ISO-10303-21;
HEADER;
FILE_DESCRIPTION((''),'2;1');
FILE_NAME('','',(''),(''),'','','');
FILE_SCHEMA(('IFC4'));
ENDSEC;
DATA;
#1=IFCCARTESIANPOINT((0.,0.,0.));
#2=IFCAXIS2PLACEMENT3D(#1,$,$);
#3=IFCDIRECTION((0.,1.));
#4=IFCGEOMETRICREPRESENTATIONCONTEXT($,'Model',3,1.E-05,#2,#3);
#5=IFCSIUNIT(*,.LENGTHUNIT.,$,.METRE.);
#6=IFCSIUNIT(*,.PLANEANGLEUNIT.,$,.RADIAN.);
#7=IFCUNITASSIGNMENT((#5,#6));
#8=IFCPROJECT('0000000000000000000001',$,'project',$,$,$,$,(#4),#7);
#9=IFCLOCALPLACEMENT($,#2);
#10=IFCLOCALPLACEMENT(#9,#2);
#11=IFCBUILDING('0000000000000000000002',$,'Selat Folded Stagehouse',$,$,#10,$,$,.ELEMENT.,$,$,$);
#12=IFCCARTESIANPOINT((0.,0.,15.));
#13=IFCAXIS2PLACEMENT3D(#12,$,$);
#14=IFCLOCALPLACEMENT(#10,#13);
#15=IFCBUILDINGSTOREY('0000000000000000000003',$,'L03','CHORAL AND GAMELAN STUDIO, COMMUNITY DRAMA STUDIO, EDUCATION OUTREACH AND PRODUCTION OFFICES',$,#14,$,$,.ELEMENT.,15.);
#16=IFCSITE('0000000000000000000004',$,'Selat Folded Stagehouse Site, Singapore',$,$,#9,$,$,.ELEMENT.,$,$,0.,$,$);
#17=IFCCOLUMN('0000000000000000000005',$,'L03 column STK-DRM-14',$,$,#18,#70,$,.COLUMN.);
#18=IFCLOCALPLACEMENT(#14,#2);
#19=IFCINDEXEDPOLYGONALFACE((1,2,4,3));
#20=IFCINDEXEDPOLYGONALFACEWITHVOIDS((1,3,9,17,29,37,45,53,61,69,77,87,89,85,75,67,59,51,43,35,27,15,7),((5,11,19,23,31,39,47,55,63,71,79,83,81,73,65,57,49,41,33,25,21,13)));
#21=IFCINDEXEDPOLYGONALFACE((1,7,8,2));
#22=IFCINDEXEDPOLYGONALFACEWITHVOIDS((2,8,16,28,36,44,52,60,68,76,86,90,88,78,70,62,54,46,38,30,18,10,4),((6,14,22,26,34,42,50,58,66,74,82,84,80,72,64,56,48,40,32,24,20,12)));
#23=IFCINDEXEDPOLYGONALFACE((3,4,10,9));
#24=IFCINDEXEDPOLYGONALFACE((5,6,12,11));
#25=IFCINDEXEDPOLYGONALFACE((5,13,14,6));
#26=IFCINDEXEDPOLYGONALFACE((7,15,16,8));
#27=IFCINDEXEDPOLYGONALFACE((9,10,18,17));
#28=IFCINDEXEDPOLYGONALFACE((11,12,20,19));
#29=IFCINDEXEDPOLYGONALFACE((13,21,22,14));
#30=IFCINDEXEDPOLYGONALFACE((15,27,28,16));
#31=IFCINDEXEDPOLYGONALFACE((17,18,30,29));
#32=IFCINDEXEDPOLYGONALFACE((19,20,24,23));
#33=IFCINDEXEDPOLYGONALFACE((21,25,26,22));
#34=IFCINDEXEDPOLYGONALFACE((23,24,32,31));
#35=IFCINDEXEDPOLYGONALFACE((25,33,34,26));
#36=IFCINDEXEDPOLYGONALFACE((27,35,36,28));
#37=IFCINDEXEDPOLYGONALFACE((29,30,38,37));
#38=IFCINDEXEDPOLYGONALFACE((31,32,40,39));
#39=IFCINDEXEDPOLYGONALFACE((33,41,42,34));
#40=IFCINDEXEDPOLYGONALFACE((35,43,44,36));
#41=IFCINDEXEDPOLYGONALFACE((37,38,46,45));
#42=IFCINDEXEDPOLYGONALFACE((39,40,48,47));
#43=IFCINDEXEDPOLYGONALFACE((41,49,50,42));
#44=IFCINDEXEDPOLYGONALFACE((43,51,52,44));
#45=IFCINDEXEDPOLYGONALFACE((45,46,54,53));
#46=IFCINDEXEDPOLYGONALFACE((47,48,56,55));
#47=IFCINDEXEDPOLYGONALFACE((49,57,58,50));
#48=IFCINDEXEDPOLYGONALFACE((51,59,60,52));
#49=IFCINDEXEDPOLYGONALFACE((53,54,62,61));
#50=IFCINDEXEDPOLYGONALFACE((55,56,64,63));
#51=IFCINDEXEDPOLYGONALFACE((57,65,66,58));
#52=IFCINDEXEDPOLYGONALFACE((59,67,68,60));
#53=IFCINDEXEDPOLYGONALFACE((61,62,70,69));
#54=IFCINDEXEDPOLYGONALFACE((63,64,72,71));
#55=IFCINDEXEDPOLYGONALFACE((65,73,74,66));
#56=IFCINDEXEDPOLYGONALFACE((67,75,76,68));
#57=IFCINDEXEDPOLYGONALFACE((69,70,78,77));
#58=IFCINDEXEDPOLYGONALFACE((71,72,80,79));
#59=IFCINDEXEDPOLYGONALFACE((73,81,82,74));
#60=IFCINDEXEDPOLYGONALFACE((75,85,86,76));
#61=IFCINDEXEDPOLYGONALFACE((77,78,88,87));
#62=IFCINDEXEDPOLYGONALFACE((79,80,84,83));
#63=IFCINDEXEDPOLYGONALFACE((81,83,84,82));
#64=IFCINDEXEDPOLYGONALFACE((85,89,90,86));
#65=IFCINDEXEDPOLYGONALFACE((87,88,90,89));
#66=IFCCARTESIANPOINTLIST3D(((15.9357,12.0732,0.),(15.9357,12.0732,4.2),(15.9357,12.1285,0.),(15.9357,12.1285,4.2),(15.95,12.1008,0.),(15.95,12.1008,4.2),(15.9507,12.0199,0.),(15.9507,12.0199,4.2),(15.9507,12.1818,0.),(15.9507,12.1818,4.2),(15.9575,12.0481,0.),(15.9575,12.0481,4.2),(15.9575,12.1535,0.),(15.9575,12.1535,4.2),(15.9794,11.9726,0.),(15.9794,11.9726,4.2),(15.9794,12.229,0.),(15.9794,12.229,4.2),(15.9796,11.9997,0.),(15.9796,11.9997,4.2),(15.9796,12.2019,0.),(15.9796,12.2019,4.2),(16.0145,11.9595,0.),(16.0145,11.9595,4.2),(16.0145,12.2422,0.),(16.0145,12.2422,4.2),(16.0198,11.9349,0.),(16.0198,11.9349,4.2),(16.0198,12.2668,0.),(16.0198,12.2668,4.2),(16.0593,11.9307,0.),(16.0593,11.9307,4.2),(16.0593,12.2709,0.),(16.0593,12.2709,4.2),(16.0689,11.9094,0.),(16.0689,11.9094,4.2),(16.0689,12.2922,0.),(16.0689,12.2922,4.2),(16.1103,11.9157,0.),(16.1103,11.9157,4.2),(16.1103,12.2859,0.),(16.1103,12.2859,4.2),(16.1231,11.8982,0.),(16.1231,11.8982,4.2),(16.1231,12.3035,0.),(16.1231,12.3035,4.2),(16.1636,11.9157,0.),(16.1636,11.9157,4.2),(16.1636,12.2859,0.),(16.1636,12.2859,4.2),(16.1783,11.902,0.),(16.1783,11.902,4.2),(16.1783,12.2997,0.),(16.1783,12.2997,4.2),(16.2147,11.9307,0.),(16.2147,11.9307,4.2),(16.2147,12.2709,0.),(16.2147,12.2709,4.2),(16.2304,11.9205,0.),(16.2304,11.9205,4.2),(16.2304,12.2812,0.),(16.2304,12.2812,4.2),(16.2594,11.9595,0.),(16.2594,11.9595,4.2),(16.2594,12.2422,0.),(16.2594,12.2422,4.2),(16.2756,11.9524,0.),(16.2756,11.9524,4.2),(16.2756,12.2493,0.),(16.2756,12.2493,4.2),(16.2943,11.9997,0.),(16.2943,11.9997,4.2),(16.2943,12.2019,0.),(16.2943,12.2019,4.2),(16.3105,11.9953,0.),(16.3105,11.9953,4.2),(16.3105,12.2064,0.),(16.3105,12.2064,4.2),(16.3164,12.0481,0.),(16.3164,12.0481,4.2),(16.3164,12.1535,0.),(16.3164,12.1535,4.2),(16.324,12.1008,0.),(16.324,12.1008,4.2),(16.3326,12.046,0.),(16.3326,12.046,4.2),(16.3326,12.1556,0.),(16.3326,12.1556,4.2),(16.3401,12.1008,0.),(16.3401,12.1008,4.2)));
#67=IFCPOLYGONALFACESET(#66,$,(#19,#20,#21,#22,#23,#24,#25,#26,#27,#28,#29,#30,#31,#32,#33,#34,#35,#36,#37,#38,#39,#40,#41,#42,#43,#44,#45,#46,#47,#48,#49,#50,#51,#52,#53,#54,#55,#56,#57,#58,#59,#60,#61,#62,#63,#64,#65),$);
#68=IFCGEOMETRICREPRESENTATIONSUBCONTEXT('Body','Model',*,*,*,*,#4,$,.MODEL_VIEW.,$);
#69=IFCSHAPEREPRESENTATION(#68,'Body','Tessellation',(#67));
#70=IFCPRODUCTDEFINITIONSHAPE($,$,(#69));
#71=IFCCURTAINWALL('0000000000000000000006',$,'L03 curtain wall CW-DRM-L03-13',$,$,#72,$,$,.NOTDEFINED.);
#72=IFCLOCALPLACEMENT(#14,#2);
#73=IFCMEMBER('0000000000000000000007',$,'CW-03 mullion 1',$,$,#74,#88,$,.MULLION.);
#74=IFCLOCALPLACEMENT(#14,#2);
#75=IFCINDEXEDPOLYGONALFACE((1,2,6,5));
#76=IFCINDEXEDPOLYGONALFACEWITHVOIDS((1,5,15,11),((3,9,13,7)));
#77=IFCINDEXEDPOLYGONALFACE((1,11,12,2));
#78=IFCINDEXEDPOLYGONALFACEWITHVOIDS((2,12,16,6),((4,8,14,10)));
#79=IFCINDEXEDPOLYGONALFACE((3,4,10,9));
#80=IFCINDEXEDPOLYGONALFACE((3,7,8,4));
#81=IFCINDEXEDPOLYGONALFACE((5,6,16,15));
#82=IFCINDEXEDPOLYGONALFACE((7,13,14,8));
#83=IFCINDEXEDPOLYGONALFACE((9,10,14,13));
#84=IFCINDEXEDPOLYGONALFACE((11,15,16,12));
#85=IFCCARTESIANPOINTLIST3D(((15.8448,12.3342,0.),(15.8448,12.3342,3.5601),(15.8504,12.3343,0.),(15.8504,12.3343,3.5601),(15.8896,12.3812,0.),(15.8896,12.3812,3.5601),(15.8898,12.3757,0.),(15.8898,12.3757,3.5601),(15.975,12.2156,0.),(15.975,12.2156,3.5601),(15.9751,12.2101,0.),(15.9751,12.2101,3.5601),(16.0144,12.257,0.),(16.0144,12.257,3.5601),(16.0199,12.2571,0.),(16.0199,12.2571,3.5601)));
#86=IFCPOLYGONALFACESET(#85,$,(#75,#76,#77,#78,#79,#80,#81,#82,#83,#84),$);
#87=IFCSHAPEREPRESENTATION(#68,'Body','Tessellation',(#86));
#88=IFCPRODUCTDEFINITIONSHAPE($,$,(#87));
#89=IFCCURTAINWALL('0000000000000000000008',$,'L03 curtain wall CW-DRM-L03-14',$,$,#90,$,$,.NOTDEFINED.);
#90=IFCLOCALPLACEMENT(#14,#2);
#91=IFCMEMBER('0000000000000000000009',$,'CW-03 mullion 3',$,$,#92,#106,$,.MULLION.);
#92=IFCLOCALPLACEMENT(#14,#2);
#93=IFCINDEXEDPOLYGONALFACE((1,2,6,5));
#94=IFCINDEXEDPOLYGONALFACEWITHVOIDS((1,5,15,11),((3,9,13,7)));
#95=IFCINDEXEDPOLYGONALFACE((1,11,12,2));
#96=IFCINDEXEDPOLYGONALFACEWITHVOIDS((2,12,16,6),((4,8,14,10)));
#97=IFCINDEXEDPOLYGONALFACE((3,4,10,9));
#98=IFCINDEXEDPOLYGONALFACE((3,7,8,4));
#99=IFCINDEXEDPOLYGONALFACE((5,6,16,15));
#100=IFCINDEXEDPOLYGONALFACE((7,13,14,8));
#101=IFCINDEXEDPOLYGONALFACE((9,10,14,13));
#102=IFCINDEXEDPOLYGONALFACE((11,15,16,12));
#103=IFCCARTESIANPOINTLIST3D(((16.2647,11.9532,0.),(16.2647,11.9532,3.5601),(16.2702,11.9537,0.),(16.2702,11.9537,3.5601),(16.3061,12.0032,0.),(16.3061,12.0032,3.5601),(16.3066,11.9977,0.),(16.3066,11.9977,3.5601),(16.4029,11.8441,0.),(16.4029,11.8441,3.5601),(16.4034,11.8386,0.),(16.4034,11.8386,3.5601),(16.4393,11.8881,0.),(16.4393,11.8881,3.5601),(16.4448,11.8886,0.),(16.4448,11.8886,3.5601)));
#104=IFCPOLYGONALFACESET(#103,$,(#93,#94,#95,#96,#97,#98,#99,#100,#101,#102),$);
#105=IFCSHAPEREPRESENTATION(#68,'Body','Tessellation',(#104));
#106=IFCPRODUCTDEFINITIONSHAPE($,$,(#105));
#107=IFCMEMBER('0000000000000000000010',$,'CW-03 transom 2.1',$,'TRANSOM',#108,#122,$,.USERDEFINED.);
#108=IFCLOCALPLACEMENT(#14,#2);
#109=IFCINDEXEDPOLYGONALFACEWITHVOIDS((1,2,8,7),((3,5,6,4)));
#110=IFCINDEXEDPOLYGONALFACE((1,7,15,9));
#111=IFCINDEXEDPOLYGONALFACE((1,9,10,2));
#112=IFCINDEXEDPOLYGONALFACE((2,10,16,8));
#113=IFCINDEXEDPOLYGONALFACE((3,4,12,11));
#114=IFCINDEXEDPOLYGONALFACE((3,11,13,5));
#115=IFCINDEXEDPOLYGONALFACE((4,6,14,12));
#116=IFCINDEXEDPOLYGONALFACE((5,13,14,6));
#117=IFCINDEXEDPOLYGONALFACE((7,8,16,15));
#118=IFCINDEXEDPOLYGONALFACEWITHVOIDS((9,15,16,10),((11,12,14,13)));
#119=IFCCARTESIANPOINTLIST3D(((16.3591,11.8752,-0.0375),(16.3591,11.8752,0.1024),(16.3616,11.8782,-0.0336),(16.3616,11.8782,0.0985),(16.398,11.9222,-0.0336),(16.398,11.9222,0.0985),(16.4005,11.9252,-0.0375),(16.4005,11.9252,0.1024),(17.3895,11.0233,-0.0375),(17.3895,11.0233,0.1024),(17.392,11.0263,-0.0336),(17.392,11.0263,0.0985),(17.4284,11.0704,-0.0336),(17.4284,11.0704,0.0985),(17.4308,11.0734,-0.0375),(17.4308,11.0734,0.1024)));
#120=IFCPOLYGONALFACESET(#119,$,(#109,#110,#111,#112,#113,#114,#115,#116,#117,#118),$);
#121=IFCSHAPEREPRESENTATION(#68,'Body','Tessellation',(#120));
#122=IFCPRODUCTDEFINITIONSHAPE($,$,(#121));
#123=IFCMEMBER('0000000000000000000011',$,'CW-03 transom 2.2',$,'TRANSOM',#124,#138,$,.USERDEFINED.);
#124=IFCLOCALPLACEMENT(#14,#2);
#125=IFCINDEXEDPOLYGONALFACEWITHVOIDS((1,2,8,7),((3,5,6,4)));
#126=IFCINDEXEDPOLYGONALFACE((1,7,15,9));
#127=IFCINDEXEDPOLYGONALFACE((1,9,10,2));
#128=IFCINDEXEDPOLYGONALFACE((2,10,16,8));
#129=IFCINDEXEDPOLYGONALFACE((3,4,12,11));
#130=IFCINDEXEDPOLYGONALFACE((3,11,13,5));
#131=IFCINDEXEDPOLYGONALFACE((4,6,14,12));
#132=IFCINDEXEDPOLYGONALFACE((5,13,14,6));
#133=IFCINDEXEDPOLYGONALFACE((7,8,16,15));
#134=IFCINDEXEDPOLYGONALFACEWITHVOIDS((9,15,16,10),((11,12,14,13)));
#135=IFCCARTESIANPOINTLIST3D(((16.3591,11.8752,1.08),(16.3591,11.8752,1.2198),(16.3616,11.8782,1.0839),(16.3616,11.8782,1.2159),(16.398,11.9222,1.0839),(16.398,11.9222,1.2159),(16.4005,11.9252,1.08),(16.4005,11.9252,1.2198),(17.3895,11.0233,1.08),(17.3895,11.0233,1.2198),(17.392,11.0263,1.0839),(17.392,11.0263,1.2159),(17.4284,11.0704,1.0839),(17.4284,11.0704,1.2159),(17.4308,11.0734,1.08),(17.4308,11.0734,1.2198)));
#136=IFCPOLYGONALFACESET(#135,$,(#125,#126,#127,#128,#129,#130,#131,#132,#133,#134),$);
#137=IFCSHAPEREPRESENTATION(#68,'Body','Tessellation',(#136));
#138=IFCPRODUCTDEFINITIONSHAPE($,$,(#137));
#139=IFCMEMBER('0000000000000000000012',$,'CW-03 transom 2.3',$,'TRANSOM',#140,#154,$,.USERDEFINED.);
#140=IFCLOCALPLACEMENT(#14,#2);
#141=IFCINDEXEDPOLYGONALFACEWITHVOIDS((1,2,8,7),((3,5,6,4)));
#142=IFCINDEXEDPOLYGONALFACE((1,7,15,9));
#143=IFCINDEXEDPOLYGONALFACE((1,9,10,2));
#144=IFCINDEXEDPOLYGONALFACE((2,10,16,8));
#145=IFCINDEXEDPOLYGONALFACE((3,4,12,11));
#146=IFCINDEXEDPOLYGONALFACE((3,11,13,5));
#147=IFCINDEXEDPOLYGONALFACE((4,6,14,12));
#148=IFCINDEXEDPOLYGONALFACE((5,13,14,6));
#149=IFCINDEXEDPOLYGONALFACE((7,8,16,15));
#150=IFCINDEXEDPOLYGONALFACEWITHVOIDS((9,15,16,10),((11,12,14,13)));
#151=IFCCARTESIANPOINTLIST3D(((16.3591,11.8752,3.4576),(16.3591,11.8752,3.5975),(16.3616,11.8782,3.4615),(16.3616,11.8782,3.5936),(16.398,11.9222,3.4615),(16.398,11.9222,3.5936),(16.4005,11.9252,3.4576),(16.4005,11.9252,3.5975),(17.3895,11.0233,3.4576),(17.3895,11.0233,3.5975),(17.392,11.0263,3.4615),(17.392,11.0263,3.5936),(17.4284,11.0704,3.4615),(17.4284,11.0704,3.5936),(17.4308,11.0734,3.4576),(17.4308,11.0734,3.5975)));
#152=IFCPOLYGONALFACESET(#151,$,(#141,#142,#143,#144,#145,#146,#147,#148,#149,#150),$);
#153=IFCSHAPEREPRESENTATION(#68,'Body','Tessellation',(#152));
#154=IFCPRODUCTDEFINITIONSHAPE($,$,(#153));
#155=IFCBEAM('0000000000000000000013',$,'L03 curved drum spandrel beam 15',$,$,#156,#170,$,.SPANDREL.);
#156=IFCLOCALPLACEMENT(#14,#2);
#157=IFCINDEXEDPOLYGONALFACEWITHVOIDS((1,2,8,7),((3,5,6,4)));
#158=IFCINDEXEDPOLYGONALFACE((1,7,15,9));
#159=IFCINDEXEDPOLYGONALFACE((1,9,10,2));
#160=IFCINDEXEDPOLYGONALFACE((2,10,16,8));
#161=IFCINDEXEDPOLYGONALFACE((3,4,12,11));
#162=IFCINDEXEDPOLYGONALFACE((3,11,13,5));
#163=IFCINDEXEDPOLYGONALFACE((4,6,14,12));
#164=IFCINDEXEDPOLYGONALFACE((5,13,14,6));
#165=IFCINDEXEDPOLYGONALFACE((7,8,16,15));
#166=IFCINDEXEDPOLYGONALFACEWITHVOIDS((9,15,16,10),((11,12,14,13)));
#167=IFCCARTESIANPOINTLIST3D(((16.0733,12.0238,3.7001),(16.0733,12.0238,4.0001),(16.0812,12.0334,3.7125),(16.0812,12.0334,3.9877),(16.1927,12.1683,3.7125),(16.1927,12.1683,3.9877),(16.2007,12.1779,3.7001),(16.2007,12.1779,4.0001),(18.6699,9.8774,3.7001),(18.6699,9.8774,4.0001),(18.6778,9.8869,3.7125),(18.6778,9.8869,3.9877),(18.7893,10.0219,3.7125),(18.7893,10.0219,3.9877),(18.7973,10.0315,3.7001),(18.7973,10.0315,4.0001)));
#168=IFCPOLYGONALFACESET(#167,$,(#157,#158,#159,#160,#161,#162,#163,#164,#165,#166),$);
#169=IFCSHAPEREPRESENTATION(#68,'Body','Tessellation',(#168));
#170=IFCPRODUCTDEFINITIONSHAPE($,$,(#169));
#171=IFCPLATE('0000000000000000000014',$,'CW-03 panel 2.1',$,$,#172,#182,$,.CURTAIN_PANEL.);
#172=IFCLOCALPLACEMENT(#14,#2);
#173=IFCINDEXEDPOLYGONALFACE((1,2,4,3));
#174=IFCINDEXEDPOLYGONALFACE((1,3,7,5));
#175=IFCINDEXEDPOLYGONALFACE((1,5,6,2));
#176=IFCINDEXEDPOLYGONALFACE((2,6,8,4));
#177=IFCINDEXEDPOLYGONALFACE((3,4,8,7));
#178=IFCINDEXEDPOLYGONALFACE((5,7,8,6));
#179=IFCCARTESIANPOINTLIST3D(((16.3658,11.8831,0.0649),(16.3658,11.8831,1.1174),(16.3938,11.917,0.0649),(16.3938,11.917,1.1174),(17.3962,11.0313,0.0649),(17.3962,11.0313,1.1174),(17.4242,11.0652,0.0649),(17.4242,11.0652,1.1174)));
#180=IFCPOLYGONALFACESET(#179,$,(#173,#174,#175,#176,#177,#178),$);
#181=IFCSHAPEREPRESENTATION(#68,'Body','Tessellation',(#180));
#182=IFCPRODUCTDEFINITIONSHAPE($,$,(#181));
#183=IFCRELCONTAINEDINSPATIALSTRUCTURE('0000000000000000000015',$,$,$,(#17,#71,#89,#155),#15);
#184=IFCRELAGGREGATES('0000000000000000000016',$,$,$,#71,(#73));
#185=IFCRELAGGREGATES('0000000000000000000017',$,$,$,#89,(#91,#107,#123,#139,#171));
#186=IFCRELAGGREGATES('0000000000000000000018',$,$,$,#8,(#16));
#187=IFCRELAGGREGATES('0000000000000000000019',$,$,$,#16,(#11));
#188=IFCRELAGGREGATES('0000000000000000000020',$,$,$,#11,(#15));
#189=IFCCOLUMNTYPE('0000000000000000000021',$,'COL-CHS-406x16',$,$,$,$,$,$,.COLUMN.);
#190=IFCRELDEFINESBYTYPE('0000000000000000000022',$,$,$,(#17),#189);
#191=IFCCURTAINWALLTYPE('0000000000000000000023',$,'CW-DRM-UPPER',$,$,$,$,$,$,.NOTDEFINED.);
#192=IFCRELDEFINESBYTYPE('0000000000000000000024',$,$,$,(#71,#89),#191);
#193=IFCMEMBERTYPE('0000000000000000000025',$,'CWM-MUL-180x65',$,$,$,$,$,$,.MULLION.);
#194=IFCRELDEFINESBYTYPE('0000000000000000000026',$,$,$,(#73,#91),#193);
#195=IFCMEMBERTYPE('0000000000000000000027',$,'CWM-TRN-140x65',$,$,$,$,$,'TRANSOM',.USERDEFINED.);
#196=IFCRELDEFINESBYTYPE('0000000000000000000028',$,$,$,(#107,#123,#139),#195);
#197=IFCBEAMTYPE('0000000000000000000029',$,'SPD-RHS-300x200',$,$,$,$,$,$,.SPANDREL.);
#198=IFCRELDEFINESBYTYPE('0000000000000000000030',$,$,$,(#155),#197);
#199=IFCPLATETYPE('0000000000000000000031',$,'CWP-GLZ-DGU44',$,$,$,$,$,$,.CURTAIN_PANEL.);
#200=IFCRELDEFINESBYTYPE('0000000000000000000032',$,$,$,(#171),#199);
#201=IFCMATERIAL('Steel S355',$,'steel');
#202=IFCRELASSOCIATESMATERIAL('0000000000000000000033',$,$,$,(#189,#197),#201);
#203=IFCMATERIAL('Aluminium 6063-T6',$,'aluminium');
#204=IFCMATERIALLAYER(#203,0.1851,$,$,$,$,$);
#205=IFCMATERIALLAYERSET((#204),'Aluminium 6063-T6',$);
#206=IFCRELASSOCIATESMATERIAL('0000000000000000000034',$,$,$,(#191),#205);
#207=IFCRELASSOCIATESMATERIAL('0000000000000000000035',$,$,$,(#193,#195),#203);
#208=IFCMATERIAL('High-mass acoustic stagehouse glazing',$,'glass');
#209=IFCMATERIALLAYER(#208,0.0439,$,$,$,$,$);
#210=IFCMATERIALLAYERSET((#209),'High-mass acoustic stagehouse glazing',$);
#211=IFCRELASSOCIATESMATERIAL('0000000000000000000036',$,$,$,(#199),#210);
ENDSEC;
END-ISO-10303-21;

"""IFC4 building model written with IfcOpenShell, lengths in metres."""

from ifc_helpers import new_model, si_unit, direction, frame, origin, origin_2d, place, context, subcontext, project, spatial, rectangle, hollow_rectangle, hollow_circle, extrude, material, layer, layer_set, material_profile, profile_set, type_object, element, aggregate, save


model = new_model("IFC4")

# Units and contexts
model_context = context("Model", 3, precision=1e-05, world=origin(), true_north=direction((0.0, 1.0)))
body_context = subcontext(model_context, "Body", "Model", "MODEL_VIEW")
ifc_project = project(units=[si_unit("LENGTHUNIT", "METRE"), si_unit("PLANEANGLEUNIT", "RADIAN")], contexts=[model_context])

# Site, building, storey
site_placement = place(None, origin())
site = spatial("IfcSite", under=ifc_project, at=site_placement, Name="Selat Folded Stagehouse Site, Singapore", CompositionType="ELEMENT", RefElevation=0.0)
building_placement = place(site_placement, origin())
building = spatial("IfcBuilding", under=site, at=building_placement, Name="Selat Folded Stagehouse", CompositionType="ELEMENT")
storey_placement = place(building_placement, frame((0.0, 0.0, 15.0)))
storey = spatial("IfcBuildingStorey", under=building, at=storey_placement, Name="L03", Description="CHORAL AND GAMELAN STUDIO, COMMUNITY DRAMA STUDIO, EDUCATION OUTREACH AND PRODUCTION OFFICES", CompositionType="ELEMENT", Elevation=15.0)

# Column
ifc_material_1 = material(Name="Steel S355", Category="steel")
ifc_material_profile_1 = material_profile(ifc_material_1, hollow_circle(Radius=0.2031, WallThickness=0.0161, at=origin_2d()), Name="CHS 406.4x16.0")
ifc_profile_set_1 = profile_set([ifc_material_profile_1], Name="Steel S355")
column_type = type_object("IfcColumnType", Name="COL-CHS-406x16", PredefinedType="COLUMN", material=ifc_profile_set_1)
column_placement = place(storey_placement, frame((16.137, 12.1008, 0.0), z_axis=(0.0, 0.0, 1.0), x_axis=(1.0, 0.0, 0.0)))
element("IfcColumn", 1, at=column_placement, inside=storey, type_object=column_type, Name="L03 column STK-DRM-14", PredefinedType="COLUMN", context=body_context, shape_type="SweptSolid", body=[
    extrude(hollow_circle(Radius=0.2031, WallThickness=0.0161, at=origin_2d()), origin(), (0.0, 0.0, 1.0), 4.2),
])

# Curtain wall, member
ifc_material_2 = material(Name="Aluminium 6063-T6", Category="aluminium")
ifc_layer_1 = layer(ifc_material_2, 0.1851)
ifc_layer_set_1 = layer_set([ifc_layer_1], Name="Aluminium 6063-T6")
curtain_wall_type = type_object("IfcCurtainWallType", Name="CW-DRM-UPPER", PredefinedType="NOTDEFINED", material=ifc_layer_set_1)
curtain_wall_1_placement = place(storey_placement, origin())
curtain_wall_1 = element("IfcCurtainWall", 2, at=curtain_wall_1_placement, inside=storey, type_object=curtain_wall_type, Name="L03 curtain wall CW-DRM-L03-13", PredefinedType="NOTDEFINED")
ifc_material_profile_2 = material_profile(ifc_material_2, hollow_rectangle(XDim=0.0649, YDim=0.1799, WallThickness=0.0039, at=origin_2d()), Name="ALU 180x65x4.0")
ifc_profile_set_2 = profile_set([ifc_material_profile_2], Name="Aluminium 6063-T6")
member_type_1 = type_object("IfcMemberType", Name="CWM-MUL-180x65", PredefinedType="MULLION", material=ifc_profile_set_2)
member_1_placement = place(storey_placement, frame((15.9324, 12.2957, 0.0), z_axis=(0.0, 0.0, 1.0), x_axis=(-0.689661, -0.724132, 0.0)))
member_1 = element("IfcMember", 3, at=member_1_placement, type_object=member_type_1, Name="CW-03 mullion 1", PredefinedType="MULLION", context=body_context, shape_type="SweptSolid", body=[
    extrude(hollow_rectangle(XDim=0.0649, YDim=0.1799, WallThickness=0.0039, at=origin_2d()), origin(), (0.0, 0.0, 1.0), 3.5601),
])
aggregate(curtain_wall_1, [member_1])

# Curtain wall, members
curtain_wall_2_placement = place(storey_placement, origin())
curtain_wall_2 = element("IfcCurtainWall", 4, at=curtain_wall_2_placement, inside=storey, type_object=curtain_wall_type, Name="L03 curtain wall CW-DRM-L03-14", PredefinedType="NOTDEFINED")
member_2_placement = place(storey_placement, frame((16.3547, 11.9209, 0.0), z_axis=(0.0, 0.0, 1.0), x_axis=(-0.637142, -0.770747, 0.0)))
member_2 = element("IfcMember", 5, at=member_2_placement, type_object=member_type_1, Name="CW-03 mullion 3", PredefinedType="MULLION", context=body_context, shape_type="SweptSolid", body=[
    extrude(hollow_rectangle(XDim=0.0649, YDim=0.1799, WallThickness=0.0039, at=origin_2d()), origin(), (0.0, 0.0, 1.0), 3.5601),
])
ifc_material_profile_3 = material_profile(ifc_material_2, hollow_rectangle(XDim=0.0649, YDim=0.1399, WallThickness=0.0039, at=origin_2d()), Name="ALU 140x65x4.0")
ifc_profile_set_3 = profile_set([ifc_material_profile_3], Name="Aluminium 6063-T6")
member_type_2 = type_object("IfcMemberType", Name="CWM-TRN-140x65", ElementType="TRANSOM", PredefinedType="USERDEFINED", material=ifc_profile_set_3)
member_3_placement = place(storey_placement, frame((17.4102, 11.0483, 0.0325), z_axis=(-0.7707, 0.637198, 0.0), x_axis=(-0.637198, -0.7707, 0.0)))
member_3 = element("IfcMember", 6, at=member_3_placement, type_object=member_type_2, Name="CW-03 transom 2.1", ObjectType="TRANSOM", PredefinedType="USERDEFINED", context=body_context, shape_type="SweptSolid", body=[
    extrude(hollow_rectangle(XDim=0.0649, YDim=0.1399, WallThickness=0.0039, at=origin_2d()), origin(), (0.0, 0.0, 1.0), 1.3369),
])
member_4_placement = place(storey_placement, frame((17.4102, 11.0483, 1.1499), z_axis=(-0.7707, 0.637198, 0.0), x_axis=(-0.637198, -0.7707, 0.0)))
member_4 = element("IfcMember", 7, at=member_4_placement, type_object=member_type_2, Name="CW-03 transom 2.2", ObjectType="TRANSOM", PredefinedType="USERDEFINED", context=body_context, shape_type="SweptSolid", body=[
    extrude(hollow_rectangle(XDim=0.0649, YDim=0.1399, WallThickness=0.0039, at=origin_2d()), origin(), (0.0, 0.0, 1.0), 1.3369),
])
member_5_placement = place(storey_placement, frame((17.4102, 11.0483, 3.5276), z_axis=(-0.7707, 0.637198, 0.0), x_axis=(-0.637198, -0.7707, 0.0)))
member_5 = element("IfcMember", 8, at=member_5_placement, type_object=member_type_2, Name="CW-03 transom 2.3", ObjectType="TRANSOM", PredefinedType="USERDEFINED", context=body_context, shape_type="SweptSolid", body=[
    extrude(hollow_rectangle(XDim=0.0649, YDim=0.1399, WallThickness=0.0039, at=origin_2d()), origin(), (0.0, 0.0, 1.0), 1.3369),
])

# Beam
ifc_material_profile_4 = material_profile(ifc_material_1, hollow_rectangle(XDim=0.2, YDim=0.3, WallThickness=0.0125, at=origin_2d()), Name="RHS 300x200x12.5")
ifc_profile_set_4 = profile_set([ifc_material_profile_4], Name="Steel S355")
beam_type = type_object("IfcBeamType", Name="SPD-RHS-300x200", PredefinedType="SPANDREL", material=ifc_profile_set_4)
beam_placement = place(storey_placement, frame((16.137, 12.1008, 3.8501), z_axis=(0.770758, -0.637129, 0.0), x_axis=(0.637129, 0.770758, 0.0)))
element("IfcBeam", 9, at=beam_placement, inside=storey, type_object=beam_type, Name="L03 curved drum spandrel beam 15", PredefinedType="SPANDREL", context=body_context, shape_type="SweptSolid", body=[
    extrude(hollow_rectangle(XDim=0.2, YDim=0.3, WallThickness=0.0125, at=origin_2d()), origin(), (0.0, 0.0, 1.0), 3.3689),
])

# Plate
ifc_material_3 = material(Name="High-mass acoustic stagehouse glazing", Category="glass")
ifc_layer_2 = layer(ifc_material_3, 0.0439)
ifc_layer_set_2 = layer_set([ifc_layer_2], Name="High-mass acoustic stagehouse glazing")
plate_type = type_object("IfcPlateType", Name="CWP-GLZ-DGU44", PredefinedType="CURTAIN_PANEL", material=ifc_layer_set_2)
plate_1_placement = place(storey_placement, frame((16.895, 11.4741, 0.0649), z_axis=(0.0, 0.0, 1.0), x_axis=(-0.770747, 0.637142, 0.0)))
plate_1 = element("IfcPlate", 10, at=plate_1_placement, type_object=plate_type, Name="CW-03 panel 2.1", PredefinedType="CURTAIN_PANEL", context=body_context, shape_type="SweptSolid", body=[
    extrude(rectangle(XDim=1.3369, YDim=0.0439, at=origin_2d()), origin(), (0.0, 0.0, 1.0), 1.0525),
])
aggregate(curtain_wall_2, [member_2, member_3, member_4, member_5, plate_1])

save(model, "model.ifc")
